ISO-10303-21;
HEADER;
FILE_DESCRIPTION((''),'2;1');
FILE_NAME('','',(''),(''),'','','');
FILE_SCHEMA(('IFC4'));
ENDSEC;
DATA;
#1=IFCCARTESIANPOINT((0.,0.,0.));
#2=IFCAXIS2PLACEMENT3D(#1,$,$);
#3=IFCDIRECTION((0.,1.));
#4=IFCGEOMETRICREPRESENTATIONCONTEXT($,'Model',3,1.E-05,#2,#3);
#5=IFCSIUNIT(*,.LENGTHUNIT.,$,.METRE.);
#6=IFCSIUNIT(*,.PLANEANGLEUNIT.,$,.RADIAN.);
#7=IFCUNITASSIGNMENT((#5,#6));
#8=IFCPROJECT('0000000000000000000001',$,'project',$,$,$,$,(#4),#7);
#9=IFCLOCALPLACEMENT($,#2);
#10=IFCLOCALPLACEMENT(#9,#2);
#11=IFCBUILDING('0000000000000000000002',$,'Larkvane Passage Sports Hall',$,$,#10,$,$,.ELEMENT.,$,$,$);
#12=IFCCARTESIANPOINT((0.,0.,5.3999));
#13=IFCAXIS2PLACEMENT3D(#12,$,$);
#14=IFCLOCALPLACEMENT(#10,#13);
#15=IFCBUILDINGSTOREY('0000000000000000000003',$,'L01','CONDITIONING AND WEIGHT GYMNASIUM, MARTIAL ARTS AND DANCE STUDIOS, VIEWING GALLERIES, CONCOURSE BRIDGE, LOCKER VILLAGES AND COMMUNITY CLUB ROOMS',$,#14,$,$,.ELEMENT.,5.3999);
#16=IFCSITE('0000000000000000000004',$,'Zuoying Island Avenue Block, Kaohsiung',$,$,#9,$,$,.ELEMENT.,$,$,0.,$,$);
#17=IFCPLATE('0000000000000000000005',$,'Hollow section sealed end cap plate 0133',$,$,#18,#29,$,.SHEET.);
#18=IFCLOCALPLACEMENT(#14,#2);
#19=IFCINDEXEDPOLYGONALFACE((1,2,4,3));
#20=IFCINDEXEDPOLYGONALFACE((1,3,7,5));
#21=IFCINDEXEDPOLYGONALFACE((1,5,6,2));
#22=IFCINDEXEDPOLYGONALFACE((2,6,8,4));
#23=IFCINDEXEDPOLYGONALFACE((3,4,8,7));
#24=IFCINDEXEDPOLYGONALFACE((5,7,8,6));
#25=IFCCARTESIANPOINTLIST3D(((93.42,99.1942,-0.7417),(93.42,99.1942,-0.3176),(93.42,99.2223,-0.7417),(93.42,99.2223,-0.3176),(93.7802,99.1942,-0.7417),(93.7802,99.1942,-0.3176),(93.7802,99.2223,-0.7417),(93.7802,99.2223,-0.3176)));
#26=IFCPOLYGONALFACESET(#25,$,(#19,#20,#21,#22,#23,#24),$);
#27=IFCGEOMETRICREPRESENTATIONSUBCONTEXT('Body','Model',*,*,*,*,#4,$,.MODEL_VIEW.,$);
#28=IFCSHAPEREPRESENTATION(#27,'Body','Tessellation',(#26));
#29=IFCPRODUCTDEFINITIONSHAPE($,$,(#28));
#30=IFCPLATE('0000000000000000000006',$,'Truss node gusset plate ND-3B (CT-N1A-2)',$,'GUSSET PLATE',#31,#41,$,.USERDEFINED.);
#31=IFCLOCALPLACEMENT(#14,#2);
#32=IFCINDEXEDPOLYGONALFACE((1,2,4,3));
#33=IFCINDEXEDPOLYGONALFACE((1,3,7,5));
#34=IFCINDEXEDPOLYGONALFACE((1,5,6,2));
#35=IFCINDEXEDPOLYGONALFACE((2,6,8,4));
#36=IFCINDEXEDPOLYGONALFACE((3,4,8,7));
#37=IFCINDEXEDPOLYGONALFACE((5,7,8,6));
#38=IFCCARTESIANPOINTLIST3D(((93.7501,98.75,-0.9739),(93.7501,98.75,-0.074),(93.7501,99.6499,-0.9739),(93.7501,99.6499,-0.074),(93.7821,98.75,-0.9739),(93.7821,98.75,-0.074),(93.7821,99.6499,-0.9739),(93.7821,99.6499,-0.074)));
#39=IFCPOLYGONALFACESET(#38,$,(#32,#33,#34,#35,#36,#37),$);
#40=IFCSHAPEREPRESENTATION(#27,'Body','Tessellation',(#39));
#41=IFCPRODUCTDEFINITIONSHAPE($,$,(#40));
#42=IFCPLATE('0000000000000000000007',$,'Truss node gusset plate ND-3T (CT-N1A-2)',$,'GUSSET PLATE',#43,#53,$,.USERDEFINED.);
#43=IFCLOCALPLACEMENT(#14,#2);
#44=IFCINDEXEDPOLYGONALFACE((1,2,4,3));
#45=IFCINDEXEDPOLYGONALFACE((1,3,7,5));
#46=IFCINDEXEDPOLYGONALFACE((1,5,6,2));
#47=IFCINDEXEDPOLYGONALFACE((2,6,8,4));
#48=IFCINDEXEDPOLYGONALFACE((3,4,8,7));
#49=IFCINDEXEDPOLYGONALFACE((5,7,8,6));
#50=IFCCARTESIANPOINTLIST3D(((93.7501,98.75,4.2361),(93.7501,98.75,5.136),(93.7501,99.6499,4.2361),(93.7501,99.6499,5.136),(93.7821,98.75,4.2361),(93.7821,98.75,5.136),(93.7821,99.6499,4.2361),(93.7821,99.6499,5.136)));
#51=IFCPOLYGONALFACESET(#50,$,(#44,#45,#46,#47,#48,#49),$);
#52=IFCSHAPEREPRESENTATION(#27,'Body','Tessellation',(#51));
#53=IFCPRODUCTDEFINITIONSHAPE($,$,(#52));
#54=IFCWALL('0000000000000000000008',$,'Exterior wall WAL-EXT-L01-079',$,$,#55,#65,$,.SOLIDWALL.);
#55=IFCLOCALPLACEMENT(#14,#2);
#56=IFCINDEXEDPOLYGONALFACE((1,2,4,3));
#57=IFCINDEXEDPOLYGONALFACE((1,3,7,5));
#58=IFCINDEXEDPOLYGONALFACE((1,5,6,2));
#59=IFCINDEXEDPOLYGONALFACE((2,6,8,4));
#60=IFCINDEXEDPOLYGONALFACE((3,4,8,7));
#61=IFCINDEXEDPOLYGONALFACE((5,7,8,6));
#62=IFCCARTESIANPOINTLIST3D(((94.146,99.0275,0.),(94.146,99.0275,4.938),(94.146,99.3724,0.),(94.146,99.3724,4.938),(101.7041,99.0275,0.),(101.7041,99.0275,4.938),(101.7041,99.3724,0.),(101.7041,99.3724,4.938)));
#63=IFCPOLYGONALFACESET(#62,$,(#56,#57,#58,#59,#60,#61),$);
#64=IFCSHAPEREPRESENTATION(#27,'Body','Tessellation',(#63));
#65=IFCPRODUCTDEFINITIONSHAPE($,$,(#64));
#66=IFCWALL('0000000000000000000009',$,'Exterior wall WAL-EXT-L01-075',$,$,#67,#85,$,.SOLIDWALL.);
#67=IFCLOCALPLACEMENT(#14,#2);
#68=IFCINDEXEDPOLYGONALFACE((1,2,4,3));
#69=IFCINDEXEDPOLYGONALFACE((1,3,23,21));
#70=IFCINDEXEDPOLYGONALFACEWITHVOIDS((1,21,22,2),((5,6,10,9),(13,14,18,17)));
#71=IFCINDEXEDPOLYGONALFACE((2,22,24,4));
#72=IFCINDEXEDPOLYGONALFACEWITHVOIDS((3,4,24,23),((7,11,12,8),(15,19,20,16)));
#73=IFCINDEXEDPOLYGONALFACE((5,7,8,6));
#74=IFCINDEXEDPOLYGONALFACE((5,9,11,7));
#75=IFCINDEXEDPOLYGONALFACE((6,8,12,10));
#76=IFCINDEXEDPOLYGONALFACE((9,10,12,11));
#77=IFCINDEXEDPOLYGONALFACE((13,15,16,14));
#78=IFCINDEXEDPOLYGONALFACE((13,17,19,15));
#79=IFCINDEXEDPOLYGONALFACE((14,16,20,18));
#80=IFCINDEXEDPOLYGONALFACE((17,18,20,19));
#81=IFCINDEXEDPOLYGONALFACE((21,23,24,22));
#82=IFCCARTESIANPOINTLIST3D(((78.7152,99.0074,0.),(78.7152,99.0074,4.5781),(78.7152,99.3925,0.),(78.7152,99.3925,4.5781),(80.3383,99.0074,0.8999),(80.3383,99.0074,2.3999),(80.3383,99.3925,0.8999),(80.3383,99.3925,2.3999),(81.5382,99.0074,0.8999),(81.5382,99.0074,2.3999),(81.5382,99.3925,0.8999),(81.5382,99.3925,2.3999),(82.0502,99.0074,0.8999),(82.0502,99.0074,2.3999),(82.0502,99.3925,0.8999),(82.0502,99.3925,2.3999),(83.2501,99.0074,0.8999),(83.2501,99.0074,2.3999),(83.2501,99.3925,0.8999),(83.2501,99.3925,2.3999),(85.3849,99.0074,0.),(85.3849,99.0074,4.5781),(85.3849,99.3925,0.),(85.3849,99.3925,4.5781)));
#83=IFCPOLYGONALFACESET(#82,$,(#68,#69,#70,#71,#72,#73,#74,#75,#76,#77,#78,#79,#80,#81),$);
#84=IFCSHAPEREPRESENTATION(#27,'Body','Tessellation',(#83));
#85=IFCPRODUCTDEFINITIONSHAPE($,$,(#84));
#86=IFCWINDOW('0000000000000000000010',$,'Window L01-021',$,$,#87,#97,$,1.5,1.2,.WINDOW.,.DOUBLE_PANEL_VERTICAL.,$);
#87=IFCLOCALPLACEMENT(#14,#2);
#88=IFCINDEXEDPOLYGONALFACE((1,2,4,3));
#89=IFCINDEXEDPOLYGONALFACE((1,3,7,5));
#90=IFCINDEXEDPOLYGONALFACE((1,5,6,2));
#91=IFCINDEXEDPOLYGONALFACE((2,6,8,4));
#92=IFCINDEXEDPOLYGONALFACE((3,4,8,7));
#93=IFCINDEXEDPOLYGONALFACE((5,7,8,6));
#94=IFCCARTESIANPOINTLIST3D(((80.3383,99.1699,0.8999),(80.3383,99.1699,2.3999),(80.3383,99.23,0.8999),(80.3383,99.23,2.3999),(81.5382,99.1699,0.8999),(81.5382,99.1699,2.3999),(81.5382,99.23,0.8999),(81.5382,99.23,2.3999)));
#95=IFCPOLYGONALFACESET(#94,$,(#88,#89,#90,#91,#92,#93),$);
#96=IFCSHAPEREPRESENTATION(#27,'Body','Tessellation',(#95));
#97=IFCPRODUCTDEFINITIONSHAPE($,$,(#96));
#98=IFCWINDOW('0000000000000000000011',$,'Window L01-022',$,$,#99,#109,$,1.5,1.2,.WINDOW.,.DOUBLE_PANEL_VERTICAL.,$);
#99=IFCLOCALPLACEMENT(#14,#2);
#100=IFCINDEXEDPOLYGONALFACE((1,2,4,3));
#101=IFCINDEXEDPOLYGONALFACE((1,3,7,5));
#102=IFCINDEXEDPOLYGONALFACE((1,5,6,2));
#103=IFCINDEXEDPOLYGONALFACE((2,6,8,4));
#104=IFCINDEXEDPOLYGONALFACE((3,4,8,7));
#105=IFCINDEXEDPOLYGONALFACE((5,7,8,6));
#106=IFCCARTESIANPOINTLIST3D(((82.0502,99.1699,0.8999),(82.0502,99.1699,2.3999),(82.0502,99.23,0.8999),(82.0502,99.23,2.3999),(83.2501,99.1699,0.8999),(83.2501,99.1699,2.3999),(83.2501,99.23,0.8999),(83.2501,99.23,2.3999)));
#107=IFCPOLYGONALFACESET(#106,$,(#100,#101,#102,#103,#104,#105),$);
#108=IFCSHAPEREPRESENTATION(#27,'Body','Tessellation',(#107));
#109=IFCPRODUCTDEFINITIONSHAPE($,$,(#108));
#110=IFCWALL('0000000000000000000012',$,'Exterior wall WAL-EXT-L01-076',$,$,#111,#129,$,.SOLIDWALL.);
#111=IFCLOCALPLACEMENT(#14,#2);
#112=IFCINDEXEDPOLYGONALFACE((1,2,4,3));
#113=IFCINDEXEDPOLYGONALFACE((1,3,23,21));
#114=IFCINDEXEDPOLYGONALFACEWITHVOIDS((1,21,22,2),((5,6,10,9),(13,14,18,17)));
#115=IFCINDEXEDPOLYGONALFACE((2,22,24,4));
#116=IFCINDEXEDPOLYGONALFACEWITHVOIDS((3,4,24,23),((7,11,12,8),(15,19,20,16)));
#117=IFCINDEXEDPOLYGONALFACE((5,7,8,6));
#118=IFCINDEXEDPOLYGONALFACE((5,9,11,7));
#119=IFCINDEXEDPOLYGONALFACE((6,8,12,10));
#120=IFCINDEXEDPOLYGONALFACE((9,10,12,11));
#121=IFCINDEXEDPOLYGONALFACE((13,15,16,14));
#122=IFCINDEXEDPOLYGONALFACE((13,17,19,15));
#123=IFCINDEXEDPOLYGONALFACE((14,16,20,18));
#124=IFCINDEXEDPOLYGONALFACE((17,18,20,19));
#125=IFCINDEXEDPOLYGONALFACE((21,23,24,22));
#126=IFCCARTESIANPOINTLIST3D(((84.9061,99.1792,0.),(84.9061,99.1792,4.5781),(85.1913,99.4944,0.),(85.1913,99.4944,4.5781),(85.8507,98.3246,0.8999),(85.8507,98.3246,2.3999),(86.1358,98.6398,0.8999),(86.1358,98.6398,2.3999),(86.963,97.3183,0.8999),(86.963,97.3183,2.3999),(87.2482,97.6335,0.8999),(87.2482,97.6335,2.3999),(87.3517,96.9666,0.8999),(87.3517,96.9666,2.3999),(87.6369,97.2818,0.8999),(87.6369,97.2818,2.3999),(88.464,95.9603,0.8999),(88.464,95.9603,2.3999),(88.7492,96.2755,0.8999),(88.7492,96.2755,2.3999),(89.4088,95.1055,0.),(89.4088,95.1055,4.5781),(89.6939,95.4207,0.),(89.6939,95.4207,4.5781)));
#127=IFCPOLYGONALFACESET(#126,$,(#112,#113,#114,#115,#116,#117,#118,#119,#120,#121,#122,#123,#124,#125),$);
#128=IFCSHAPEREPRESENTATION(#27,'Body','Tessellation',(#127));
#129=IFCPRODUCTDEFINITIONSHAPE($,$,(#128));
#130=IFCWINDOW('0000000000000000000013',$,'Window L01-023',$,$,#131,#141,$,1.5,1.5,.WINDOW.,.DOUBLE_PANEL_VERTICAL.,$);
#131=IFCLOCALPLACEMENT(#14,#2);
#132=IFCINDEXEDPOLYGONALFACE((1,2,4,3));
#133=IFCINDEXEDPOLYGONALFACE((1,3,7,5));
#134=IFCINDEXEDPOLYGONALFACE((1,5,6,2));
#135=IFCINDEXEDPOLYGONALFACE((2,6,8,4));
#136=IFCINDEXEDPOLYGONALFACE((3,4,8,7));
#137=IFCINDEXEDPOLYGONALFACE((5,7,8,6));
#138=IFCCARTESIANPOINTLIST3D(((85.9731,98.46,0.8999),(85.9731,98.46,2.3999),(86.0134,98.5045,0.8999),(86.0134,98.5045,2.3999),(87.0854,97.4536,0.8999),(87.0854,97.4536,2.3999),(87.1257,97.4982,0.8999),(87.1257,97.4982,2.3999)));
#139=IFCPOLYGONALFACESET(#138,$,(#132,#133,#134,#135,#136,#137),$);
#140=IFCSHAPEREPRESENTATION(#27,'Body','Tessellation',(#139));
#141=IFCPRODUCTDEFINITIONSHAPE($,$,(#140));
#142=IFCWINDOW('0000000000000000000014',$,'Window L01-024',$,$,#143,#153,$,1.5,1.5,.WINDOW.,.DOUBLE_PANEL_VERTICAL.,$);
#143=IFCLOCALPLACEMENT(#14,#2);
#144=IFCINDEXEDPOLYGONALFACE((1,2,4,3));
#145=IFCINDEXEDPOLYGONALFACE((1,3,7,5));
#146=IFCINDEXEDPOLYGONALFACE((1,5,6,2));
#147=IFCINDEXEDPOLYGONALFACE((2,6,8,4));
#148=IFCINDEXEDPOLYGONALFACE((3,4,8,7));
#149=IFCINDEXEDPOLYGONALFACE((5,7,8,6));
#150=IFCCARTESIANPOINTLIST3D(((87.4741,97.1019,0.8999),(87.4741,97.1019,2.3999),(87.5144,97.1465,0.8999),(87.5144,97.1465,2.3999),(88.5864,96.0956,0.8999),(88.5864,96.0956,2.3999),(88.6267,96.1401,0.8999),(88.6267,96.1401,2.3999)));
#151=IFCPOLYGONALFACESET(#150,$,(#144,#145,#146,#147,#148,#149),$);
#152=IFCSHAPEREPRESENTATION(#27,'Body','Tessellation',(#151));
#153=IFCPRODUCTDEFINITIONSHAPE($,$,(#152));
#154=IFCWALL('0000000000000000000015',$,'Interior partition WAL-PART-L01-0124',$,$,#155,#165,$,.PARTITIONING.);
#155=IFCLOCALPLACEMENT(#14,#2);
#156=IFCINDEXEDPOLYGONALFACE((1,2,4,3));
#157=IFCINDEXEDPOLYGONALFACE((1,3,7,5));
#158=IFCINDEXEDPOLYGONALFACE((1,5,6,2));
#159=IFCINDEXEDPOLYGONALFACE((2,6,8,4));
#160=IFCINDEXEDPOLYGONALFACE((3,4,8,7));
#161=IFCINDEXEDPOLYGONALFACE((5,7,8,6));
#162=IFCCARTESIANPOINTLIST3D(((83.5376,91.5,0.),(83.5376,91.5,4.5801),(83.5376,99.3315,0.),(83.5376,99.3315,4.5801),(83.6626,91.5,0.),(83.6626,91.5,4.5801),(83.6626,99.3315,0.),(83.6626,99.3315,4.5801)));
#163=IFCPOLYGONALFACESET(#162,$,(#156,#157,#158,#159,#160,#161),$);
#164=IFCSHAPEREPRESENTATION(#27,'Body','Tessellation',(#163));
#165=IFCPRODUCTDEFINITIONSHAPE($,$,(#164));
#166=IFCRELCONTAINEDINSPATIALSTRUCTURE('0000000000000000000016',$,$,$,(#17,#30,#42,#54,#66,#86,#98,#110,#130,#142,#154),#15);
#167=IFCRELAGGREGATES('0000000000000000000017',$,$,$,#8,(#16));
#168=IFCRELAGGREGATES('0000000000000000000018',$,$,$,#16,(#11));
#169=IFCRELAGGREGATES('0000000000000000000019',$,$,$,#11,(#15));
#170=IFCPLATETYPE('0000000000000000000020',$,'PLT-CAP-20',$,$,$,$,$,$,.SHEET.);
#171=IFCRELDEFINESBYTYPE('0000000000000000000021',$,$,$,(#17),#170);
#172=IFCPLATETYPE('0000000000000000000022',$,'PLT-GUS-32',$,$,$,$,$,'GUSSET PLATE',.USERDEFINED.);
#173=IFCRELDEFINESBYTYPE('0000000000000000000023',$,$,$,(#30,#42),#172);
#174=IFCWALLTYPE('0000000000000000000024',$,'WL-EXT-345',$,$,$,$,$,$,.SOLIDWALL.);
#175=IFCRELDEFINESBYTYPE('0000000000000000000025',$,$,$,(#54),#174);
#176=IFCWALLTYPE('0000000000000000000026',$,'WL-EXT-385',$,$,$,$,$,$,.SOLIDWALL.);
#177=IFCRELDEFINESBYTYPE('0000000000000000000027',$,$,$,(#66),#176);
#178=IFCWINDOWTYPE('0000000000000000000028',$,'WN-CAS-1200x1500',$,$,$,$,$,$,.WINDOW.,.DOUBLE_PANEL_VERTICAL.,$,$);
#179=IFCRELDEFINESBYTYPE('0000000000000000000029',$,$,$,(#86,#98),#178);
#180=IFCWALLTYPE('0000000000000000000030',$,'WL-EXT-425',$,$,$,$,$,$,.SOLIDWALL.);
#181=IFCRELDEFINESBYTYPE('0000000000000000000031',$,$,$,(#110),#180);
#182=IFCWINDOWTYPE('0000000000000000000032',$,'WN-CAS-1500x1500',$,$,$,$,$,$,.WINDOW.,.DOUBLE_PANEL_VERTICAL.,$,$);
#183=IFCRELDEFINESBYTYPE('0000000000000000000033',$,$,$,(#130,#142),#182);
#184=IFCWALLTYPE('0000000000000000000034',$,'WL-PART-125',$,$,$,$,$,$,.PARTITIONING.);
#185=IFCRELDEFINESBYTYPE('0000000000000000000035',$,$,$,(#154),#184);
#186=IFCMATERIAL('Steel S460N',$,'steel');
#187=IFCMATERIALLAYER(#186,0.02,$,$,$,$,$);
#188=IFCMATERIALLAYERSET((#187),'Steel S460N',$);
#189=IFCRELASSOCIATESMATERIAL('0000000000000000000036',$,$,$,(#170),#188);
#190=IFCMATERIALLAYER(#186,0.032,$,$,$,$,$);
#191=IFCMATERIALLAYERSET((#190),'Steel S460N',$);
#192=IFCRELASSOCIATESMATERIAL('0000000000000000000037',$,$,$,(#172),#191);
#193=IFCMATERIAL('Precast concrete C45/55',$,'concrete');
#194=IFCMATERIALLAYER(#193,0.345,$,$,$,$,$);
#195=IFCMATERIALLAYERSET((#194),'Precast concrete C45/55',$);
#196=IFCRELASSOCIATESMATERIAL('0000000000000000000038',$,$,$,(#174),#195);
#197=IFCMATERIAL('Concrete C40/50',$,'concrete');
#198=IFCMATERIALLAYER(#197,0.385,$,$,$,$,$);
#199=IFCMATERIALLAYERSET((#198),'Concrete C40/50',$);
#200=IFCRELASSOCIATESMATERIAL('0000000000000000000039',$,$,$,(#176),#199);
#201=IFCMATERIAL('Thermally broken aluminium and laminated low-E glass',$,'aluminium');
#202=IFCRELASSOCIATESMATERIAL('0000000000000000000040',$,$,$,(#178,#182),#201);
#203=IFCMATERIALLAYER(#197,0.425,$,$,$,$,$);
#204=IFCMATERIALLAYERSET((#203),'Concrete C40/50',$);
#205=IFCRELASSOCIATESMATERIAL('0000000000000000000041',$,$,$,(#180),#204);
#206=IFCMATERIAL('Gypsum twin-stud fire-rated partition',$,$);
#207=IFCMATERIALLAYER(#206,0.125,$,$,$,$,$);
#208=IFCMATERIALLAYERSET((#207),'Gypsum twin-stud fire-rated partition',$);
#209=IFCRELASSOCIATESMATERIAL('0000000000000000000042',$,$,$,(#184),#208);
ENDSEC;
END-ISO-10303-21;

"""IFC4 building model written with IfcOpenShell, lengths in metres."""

from ifc_helpers import new_model, si_unit, direction, frame, frame_2d, origin, origin_2d, place, context, subcontext, project, spatial, rectangle, extrude, material, layer, layer_set, type_object, element, fill, save


model = new_model("IFC4")

# Units and contexts
model_context = context("Model", 3, precision=1e-05, world=origin(), true_north=direction((0.0, 1.0)))
body_context = subcontext(model_context, "Body", "Model", "MODEL_VIEW")
ifc_project = project(units=[si_unit("LENGTHUNIT", "METRE"), si_unit("PLANEANGLEUNIT", "RADIAN")], contexts=[model_context])

# Site, building, storey
site_placement = place(None, origin())
site = spatial("IfcSite", under=ifc_project, at=site_placement, Name="Zuoying Island Avenue Block, Kaohsiung", CompositionType="ELEMENT", RefElevation=0.0)
building_placement = place(site_placement, origin())
building = spatial("IfcBuilding", under=site, at=building_placement, Name="Larkvane Passage Sports Hall", CompositionType="ELEMENT")
storey_placement = place(building_placement, frame((0.0, 0.0, 5.3999)))
storey = spatial("IfcBuildingStorey", under=building, at=storey_placement, Name="L01", Description="CONDITIONING AND WEIGHT GYMNASIUM, MARTIAL ARTS AND DANCE STUDIOS, VIEWING GALLERIES, CONCOURSE BRIDGE, LOCKER VILLAGES AND COMMUNITY CLUB ROOMS", CompositionType="ELEMENT", Elevation=5.3999)

# Shared definitions
ifc_material_1 = material(Name="Steel S460N", Category="steel")

# Shared definitions
ifc_material_2 = material(Name="Concrete C40/50", Category="concrete")

# Plates
ifc_layer_1 = layer(ifc_material_1, 0.02)
ifc_layer_set_1 = layer_set([ifc_layer_1], Name="Steel S460N")
plate_type_1 = type_object("IfcPlateType", Name="PLT-CAP-20", PredefinedType="SHEET", material=ifc_layer_set_1)
plate_1_placement = place(storey_placement, frame((93.6001, 99.2083, -0.7417), z_axis=(0.0, 0.0, 1.0), x_axis=(-1.0, 0.0, 0.0)))
element("IfcPlate", 1, at=plate_1_placement, inside=storey, type_object=plate_type_1, Name="Hollow section sealed end cap plate 0133", PredefinedType="SHEET", context=body_context, shape_type="SweptSolid", body=[
    extrude(rectangle(XDim=0.3601, YDim=0.0281, at=origin_2d()), origin(), (0.0, 0.0, 1.0), 0.4241),
])
ifc_layer_2 = layer(ifc_material_1, 0.032)
ifc_layer_set_2 = layer_set([ifc_layer_2], Name="Steel S460N")
plate_type_2 = type_object("IfcPlateType", Name="PLT-GUS-32", ElementType="GUSSET PLATE", PredefinedType="USERDEFINED", material=ifc_layer_set_2)
for number, where, z_axis, x_axis, name in (
    (2, (93.7661, 99.2, -0.9739), (0.0, 0.0, 1.0), (0.0, 1.0, 0.0), "Truss node gusset plate ND-3B (CT-N1A-2)"),
    (3, (93.7661, 99.2, 4.2361), (0.0, 0.0, 1.0), (0.0, 1.0, 0.0), "Truss node gusset plate ND-3T (CT-N1A-2)"),
):
    element("IfcPlate", number, at=place(storey_placement, frame(where, z_axis=z_axis, x_axis=x_axis)), inside=storey, type_object=plate_type_2, Name=name, ObjectType="GUSSET PLATE", PredefinedType="USERDEFINED", context=body_context, shape_type="SweptSolid", body=[
        extrude(rectangle(XDim=0.8999, YDim=0.032, at=origin_2d()), origin(), (0.0, 0.0, 1.0), 0.8999),
    ])

# Wall
ifc_material_3 = material(Name="Precast concrete C45/55", Category="concrete")
ifc_layer_3 = layer(ifc_material_3, 0.345)
ifc_layer_set_3 = layer_set([ifc_layer_3], Name="Precast concrete C45/55")
wall_type_1 = type_object("IfcWallType", Name="WL-EXT-345", PredefinedType="SOLIDWALL", material=ifc_layer_set_3)
wall_1_placement = place(storey_placement, frame((94.146, 99.2, 0.0), z_axis=(0.0, 0.0, 1.0), x_axis=(1.0, 0.0, 0.0)))
element("IfcWall", 4, at=wall_1_placement, inside=storey, type_object=wall_type_1, Name="Exterior wall WAL-EXT-L01-079", PredefinedType="SOLIDWALL", context=body_context, shape_type="SweptSolid", body=[
    extrude(rectangle(XDim=7.5581, YDim=0.345, at=frame_2d((3.7791, 0.0))), origin(), (0.0, 0.0, 1.0), 4.938),
])

# Walls, openings, windows
ifc_layer_4 = layer(ifc_material_2, 0.385)
ifc_layer_set_4 = layer_set([ifc_layer_4], Name="Concrete C40/50")
wall_type_2 = type_object("IfcWallType", Name="WL-EXT-385", PredefinedType="SOLIDWALL", material=ifc_layer_set_4)
wall_2_placement = place(storey_placement, frame((78.7151, 99.2, 0.0), z_axis=(0.0, 0.0, 1.0), x_axis=(1.0, 0.0, 0.0)))
wall_2 = element("IfcWall", 5, at=wall_2_placement, inside=storey, type_object=wall_type_2, Name="Exterior wall WAL-EXT-L01-075", PredefinedType="SOLIDWALL", context=body_context, shape_type="SweptSolid", body=[
    extrude(rectangle(XDim=6.6697, YDim=0.385, at=frame_2d((3.335, 0.0))), origin(), (0.0, 0.0, 1.0), 4.5781),
])
opening_1_placement = place(wall_2_placement, frame((1.623, 0.0, 0.8999)))
opening_1 = element("IfcOpeningElement", 6, at=opening_1_placement, cuts=wall_2, PredefinedType="OPENING", context=body_context, shape_type="SweptSolid", body=[
    extrude(rectangle(XDim=1.2, YDim=1.5, at=frame_2d((0.6001, 0.75))), frame((0.0, 0.2024, 0.0), z_axis=(0.0, -1.0, 0.0), x_axis=(1.0, 0.0, 0.0)), (0.0, 0.0, 1.0), 0.405),
])
opening_2_placement = place(wall_2_placement, frame((3.335, 0.0, 0.8999)))
opening_2 = element("IfcOpeningElement", 7, at=opening_2_placement, cuts=wall_2, PredefinedType="OPENING", context=body_context, shape_type="SweptSolid", body=[
    extrude(rectangle(XDim=1.2, YDim=1.5, at=frame_2d((0.6001, 0.75))), frame((0.0, 0.2024, 0.0), z_axis=(0.0, -1.0, 0.0), x_axis=(1.0, 0.0, 0.0)), (0.0, 0.0, 1.0), 0.405),
])
ifc_material_4 = material(Name="Thermally broken aluminium and laminated low-E glass", Category="aluminium")
window_type_1 = type_object("IfcWindowType", Name="WN-CAS-1200x1500", PartitioningType="DOUBLE_PANEL_VERTICAL", PredefinedType="WINDOW", material=ifc_material_4)
window_1_placement = place(opening_1_placement, origin())
window_1 = element("IfcWindow", 8, at=window_1_placement, inside=storey, type_object=window_type_1, Name="Window L01-021", OverallHeight=1.5, OverallWidth=1.2, PartitioningType="DOUBLE_PANEL_VERTICAL", PredefinedType="WINDOW", context=body_context, shape_type="SweptSolid", body=[
    extrude(rectangle(XDim=1.2, YDim=1.5, at=frame_2d((0.6001, 0.75))), frame((0.0, 0.03, 0.0), z_axis=(0.0, -1.0, 0.0), x_axis=(1.0, 0.0, 0.0)), (0.0, 0.0, 1.0), 0.0601),
])
fill(opening_1, window_1)
window_2_placement = place(opening_2_placement, origin())
window_2 = element("IfcWindow", 9, at=window_2_placement, inside=storey, type_object=window_type_1, Name="Window L01-022", OverallHeight=1.5, OverallWidth=1.2, PartitioningType="DOUBLE_PANEL_VERTICAL", PredefinedType="WINDOW", context=body_context, shape_type="SweptSolid", body=[
    extrude(rectangle(XDim=1.2, YDim=1.5, at=frame_2d((0.6001, 0.75))), frame((0.0, 0.03, 0.0), z_axis=(0.0, -1.0, 0.0), x_axis=(1.0, 0.0, 0.0)), (0.0, 0.0, 1.0), 0.0601),
])
fill(opening_2, window_2)
ifc_layer_5 = layer(ifc_material_2, 0.425)
ifc_layer_set_5 = layer_set([ifc_layer_5], Name="Concrete C40/50")
wall_type_3 = type_object("IfcWallType", Name="WL-EXT-425", PredefinedType="SOLIDWALL", material=ifc_layer_set_5)
wall_3_placement = place(storey_placement, frame((85.0486, 99.3369, 0.0), z_axis=(0.0, 0.0, 1.0), x_axis=(0.741546, -0.670902, 0.0)))
wall_3 = element("IfcWall", 10, at=wall_3_placement, inside=storey, type_object=wall_type_3, Name="Exterior wall WAL-EXT-L01-076", PredefinedType="SOLIDWALL", context=body_context, shape_type="SweptSolid", body=[
    extrude(rectangle(XDim=6.072, YDim=0.425, at=frame_2d((3.0361, 0.0))), origin(), (0.0, 0.0, 1.0), 4.5781),
])
opening_3_placement = place(wall_3_placement, frame((1.2739, 0.0, 0.8999)))
opening_3 = element("IfcOpeningElement", 11, at=opening_3_placement, cuts=wall_3, PredefinedType="OPENING", context=body_context, shape_type="SweptSolid", body=[
    extrude(rectangle(XDim=1.5, YDim=1.5, at=frame_2d((0.75, 0.75))), frame((0.0, 0.2224, 0.0), z_axis=(0.0, -1.0, 0.0), x_axis=(1.0, 0.0, 0.0)), (0.0, 0.0, 1.0), 0.4451),
])
opening_4_placement = place(wall_3_placement, frame((3.2981, 0.0, 0.8999)))
opening_4 = element("IfcOpeningElement", 12, at=opening_4_placement, cuts=wall_3, PredefinedType="OPENING", context=body_context, shape_type="SweptSolid", body=[
    extrude(rectangle(XDim=1.5, YDim=1.5, at=frame_2d((0.75, 0.75))), frame((0.0, 0.2224, 0.0), z_axis=(0.0, -1.0, 0.0), x_axis=(1.0, 0.0, 0.0)), (0.0, 0.0, 1.0), 0.4451),
])
window_type_2 = type_object("IfcWindowType", Name="WN-CAS-1500x1500", PartitioningType="DOUBLE_PANEL_VERTICAL", PredefinedType="WINDOW", material=ifc_material_4)
window_3_placement = place(opening_3_placement, origin())
window_3 = element("IfcWindow", 13, at=window_3_placement, inside=storey, type_object=window_type_2, Name="Window L01-023", OverallHeight=1.5, OverallWidth=1.5, PartitioningType="DOUBLE_PANEL_VERTICAL", PredefinedType="WINDOW", context=body_context, shape_type="SweptSolid", body=[
    extrude(rectangle(XDim=1.5, YDim=1.5, at=frame_2d((0.75, 0.75))), frame((0.0, 0.03, 0.0), z_axis=(0.0, -1.0, 0.0), x_axis=(1.0, 0.0, 0.0)), (0.0, 0.0, 1.0), 0.0601),
])
fill(opening_3, window_3)
window_4_placement = place(opening_4_placement, origin())
window_4 = element("IfcWindow", 14, at=window_4_placement, inside=storey, type_object=window_type_2, Name="Window L01-024", OverallHeight=1.5, OverallWidth=1.5, PartitioningType="DOUBLE_PANEL_VERTICAL", PredefinedType="WINDOW", context=body_context, shape_type="SweptSolid", body=[
    extrude(rectangle(XDim=1.5, YDim=1.5, at=frame_2d((0.75, 0.75))), frame((0.0, 0.03, 0.0), z_axis=(0.0, -1.0, 0.0), x_axis=(1.0, 0.0, 0.0)), (0.0, 0.0, 1.0), 0.0601),
])
fill(opening_4, window_4)

# Wall
ifc_material_5 = material(Name="Gypsum twin-stud fire-rated partition")
ifc_layer_6 = layer(ifc_material_5, 0.125)
ifc_layer_set_6 = layer_set([ifc_layer_6], Name="Gypsum twin-stud fire-rated partition")
wall_type_4 = type_object("IfcWallType", Name="WL-PART-125", PredefinedType="PARTITIONING", material=ifc_layer_set_6)
wall_4_placement = place(storey_placement, frame((83.6001, 99.3315, 0.0), z_axis=(0.0, 0.0, 1.0), x_axis=(0.0, -1.0, 0.0)))
element("IfcWall", 15, at=wall_4_placement, inside=storey, type_object=wall_type_4, Name="Interior partition WAL-PART-L01-0124", PredefinedType="PARTITIONING", context=body_context, shape_type="SweptSolid", body=[
    extrude(rectangle(XDim=7.8315, YDim=0.125, at=frame_2d((3.9158, 0.0))), origin(), (0.0, 0.0, 1.0), 4.5801),
])

save(model, "model.ifc")
